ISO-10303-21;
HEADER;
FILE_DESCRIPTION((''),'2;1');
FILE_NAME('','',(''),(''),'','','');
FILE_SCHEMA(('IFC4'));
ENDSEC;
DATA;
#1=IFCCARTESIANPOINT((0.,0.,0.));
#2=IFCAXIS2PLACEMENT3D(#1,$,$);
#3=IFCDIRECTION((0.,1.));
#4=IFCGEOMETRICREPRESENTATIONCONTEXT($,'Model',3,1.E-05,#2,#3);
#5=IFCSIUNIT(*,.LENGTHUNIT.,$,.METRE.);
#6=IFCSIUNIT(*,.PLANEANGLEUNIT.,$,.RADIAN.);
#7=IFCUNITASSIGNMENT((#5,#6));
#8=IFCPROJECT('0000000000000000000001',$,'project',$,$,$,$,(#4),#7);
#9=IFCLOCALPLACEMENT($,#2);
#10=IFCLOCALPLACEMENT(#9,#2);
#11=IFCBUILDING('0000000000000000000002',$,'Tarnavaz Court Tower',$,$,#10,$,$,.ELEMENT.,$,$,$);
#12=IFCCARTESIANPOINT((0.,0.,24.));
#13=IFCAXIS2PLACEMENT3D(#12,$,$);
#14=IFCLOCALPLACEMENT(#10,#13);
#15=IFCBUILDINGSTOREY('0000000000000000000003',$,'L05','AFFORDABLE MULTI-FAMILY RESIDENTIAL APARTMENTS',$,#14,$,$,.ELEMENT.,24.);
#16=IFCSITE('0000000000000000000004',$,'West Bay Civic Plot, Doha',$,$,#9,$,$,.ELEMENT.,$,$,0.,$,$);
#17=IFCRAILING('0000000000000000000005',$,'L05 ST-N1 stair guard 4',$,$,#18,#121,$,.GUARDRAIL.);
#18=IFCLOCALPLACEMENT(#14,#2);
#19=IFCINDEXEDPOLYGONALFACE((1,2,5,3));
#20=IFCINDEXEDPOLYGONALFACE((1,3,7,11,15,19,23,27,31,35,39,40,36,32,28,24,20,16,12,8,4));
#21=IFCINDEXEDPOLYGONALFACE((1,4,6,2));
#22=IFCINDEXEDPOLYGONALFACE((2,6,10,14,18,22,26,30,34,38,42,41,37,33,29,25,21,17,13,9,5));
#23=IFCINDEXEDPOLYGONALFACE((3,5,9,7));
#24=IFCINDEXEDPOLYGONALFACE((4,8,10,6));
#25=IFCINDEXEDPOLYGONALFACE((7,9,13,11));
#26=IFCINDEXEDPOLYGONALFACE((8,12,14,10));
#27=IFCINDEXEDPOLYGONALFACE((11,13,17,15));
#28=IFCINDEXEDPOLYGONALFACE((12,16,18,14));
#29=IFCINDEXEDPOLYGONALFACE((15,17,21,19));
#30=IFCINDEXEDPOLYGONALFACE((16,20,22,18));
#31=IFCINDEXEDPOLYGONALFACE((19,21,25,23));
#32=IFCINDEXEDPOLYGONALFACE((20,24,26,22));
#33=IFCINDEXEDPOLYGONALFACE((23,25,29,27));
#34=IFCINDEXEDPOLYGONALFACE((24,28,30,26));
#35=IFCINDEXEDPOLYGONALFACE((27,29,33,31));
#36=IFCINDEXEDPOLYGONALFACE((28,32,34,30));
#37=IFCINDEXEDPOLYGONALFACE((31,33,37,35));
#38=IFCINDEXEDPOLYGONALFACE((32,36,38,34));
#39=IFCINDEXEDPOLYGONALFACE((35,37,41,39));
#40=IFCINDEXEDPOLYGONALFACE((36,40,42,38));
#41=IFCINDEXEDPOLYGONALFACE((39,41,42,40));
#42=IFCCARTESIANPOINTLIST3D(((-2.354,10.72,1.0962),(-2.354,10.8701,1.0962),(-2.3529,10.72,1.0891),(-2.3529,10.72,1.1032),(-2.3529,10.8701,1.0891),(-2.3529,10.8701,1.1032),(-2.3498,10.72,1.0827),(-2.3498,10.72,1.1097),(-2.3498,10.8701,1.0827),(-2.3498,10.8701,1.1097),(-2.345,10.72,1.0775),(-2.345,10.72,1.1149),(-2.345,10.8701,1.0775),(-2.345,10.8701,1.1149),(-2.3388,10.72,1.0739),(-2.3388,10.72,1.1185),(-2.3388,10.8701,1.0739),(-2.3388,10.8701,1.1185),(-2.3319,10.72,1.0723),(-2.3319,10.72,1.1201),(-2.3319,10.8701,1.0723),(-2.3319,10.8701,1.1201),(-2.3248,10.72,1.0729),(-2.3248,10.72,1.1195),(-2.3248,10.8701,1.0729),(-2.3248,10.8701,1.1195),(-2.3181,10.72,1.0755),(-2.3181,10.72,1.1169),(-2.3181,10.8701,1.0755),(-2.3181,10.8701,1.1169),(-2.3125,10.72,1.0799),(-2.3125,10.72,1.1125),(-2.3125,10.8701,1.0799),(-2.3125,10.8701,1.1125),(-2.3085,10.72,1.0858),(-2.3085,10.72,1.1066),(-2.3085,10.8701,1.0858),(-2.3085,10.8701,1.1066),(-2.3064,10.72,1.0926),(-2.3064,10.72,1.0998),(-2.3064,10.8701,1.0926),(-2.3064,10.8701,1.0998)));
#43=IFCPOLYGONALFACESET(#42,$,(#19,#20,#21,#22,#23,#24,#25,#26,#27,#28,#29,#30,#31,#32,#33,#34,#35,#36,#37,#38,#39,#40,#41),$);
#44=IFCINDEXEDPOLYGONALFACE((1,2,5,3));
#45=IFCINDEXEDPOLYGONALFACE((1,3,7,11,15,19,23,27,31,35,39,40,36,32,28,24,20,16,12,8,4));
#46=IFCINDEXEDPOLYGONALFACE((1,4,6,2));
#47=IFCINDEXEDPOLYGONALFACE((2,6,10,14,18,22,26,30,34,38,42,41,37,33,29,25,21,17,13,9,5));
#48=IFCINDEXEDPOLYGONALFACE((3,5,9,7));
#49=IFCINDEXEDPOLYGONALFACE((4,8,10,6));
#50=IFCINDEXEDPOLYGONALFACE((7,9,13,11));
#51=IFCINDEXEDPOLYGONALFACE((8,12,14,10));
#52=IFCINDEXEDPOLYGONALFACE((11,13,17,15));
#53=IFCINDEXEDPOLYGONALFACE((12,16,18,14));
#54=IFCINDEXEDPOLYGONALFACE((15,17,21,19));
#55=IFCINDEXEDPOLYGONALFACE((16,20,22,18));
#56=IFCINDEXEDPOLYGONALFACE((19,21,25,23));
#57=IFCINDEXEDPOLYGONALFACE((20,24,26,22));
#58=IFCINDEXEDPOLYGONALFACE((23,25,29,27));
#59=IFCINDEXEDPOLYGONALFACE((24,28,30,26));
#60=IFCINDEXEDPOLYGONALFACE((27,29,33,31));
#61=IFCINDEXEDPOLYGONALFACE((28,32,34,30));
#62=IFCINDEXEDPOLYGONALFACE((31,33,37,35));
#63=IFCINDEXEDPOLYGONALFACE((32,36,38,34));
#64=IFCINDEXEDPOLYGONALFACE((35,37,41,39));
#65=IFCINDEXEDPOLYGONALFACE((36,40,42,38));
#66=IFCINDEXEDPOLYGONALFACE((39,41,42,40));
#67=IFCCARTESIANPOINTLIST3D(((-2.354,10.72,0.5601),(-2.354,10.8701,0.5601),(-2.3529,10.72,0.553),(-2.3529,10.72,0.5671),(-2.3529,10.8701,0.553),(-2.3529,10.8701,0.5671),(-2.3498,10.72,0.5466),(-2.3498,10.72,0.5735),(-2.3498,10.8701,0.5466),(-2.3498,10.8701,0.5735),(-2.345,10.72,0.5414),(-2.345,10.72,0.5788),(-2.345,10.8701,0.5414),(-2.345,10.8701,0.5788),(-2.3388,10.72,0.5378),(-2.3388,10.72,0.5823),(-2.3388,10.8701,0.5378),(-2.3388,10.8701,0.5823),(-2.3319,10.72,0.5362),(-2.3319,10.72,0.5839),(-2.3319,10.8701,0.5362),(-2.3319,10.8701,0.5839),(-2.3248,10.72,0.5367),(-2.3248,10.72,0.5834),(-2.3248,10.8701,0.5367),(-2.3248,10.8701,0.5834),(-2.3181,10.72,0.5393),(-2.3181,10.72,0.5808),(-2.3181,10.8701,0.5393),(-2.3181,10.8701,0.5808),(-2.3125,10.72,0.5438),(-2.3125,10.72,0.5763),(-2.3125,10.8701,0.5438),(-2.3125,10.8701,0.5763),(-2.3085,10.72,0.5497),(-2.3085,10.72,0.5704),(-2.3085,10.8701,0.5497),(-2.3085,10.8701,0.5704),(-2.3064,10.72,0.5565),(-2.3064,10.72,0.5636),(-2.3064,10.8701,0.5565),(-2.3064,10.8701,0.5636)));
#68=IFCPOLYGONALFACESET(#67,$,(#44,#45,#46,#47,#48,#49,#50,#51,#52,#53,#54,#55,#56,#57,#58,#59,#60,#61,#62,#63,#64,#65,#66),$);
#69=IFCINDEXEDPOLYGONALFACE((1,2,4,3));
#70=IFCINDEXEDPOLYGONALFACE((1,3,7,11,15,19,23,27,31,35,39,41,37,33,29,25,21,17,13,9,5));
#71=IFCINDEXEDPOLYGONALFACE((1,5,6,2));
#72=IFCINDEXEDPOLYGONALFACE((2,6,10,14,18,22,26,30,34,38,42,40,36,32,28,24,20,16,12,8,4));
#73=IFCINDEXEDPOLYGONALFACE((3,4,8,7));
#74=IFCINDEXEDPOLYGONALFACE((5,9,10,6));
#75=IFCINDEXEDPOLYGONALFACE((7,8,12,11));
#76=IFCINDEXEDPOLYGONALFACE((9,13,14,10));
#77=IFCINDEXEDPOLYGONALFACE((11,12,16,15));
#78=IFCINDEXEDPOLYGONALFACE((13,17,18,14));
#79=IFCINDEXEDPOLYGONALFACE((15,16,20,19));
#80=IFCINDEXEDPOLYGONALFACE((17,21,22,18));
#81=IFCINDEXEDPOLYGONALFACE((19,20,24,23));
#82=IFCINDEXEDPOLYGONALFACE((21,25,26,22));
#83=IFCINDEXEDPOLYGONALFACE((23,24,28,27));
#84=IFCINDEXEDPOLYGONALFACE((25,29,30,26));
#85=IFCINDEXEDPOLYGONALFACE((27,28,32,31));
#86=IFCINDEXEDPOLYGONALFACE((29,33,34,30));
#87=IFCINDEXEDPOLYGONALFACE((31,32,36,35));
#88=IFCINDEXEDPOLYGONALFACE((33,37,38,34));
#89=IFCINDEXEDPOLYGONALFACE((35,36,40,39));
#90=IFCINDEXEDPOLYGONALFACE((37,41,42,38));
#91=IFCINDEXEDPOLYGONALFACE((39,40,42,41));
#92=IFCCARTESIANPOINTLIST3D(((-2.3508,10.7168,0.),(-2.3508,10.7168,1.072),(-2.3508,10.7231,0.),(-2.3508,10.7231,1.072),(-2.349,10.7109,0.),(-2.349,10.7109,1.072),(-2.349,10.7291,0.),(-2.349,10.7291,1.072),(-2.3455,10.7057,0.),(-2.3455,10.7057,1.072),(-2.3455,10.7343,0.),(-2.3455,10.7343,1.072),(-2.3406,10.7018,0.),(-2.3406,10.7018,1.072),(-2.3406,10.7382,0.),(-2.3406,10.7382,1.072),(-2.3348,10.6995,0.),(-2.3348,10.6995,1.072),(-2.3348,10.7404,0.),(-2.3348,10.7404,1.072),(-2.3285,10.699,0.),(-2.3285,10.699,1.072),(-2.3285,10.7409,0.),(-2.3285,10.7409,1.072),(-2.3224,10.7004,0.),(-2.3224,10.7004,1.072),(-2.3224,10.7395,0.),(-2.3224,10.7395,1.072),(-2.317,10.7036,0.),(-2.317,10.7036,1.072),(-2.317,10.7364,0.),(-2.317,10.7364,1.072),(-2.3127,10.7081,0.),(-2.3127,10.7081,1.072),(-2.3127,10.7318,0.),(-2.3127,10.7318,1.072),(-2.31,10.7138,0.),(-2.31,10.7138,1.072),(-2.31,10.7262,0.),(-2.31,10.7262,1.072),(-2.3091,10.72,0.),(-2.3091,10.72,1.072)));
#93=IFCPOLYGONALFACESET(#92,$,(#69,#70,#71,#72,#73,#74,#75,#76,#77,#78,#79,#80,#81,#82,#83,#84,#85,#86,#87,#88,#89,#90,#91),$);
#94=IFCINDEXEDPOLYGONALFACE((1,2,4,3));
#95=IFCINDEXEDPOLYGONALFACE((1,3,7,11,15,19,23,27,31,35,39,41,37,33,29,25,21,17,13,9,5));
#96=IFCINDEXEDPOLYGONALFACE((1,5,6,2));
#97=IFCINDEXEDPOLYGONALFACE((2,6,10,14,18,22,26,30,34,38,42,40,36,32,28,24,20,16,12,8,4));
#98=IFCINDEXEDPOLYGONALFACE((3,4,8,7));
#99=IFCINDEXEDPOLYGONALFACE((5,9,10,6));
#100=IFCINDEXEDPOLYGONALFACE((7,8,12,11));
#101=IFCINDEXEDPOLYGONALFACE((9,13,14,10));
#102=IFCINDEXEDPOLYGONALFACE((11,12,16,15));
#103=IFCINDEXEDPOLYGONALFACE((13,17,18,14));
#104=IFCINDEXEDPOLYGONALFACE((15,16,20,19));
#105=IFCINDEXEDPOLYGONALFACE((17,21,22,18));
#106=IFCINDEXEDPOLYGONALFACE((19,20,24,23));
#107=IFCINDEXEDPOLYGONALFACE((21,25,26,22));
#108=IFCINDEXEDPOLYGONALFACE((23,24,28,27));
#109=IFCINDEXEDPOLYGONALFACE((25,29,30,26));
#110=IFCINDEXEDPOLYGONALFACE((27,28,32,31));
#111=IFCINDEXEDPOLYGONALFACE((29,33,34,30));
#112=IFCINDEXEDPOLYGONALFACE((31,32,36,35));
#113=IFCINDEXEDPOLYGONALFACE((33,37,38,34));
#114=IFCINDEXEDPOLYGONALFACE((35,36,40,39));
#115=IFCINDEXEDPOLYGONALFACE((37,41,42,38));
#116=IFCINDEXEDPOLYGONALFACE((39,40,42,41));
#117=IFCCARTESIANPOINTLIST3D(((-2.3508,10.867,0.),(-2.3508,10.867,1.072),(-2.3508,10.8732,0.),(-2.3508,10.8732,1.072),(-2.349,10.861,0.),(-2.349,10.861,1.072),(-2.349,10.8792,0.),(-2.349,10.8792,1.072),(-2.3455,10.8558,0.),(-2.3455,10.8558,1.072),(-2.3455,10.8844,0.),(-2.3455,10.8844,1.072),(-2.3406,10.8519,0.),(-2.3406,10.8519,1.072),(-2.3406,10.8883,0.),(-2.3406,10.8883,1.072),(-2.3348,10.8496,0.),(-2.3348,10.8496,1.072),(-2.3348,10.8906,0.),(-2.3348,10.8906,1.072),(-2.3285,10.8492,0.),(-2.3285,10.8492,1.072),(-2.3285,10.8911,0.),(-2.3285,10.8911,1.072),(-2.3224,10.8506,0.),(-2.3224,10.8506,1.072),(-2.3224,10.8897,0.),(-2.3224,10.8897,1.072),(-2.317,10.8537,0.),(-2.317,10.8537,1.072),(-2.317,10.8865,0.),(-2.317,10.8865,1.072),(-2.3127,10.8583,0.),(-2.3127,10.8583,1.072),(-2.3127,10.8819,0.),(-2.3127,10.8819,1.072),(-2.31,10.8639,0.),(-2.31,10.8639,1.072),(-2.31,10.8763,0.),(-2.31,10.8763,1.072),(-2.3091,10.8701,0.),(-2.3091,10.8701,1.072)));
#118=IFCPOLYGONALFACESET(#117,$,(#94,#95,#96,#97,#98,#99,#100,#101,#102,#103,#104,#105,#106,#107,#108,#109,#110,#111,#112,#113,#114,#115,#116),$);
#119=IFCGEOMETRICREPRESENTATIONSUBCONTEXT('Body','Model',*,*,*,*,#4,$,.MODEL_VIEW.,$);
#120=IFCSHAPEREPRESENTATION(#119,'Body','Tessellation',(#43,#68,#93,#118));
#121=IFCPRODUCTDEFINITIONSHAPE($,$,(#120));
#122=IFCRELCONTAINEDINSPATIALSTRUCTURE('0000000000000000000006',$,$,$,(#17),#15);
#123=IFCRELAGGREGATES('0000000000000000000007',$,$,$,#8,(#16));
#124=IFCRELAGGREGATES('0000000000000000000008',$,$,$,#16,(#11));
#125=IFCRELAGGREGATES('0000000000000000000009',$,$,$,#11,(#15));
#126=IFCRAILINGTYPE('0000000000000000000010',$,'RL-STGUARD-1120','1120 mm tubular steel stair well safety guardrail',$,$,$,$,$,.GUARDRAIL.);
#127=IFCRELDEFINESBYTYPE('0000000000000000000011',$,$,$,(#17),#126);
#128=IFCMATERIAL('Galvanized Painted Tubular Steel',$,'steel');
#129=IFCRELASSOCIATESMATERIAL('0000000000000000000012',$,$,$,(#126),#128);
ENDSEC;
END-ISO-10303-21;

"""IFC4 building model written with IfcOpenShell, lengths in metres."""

from ifc_helpers import new_model, si_unit, direction, frame, origin, origin_2d, place, context, subcontext, project, spatial, circle, extrude, material, type_object, element, save


model = new_model("IFC4")

# Units and contexts
model_context = context("Model", 3, precision=1e-05, world=origin(), true_north=direction((0.0, 1.0)))
body_context = subcontext(model_context, "Body", "Model", "MODEL_VIEW")
ifc_project = project(units=[si_unit("LENGTHUNIT", "METRE"), si_unit("PLANEANGLEUNIT", "RADIAN")], contexts=[model_context])

# Site, building, storey
site_placement = place(None, origin())
site = spatial("IfcSite", under=ifc_project, at=site_placement, Name="West Bay Civic Plot, Doha", CompositionType="ELEMENT", RefElevation=0.0)
building_placement = place(site_placement, origin())
building = spatial("IfcBuilding", under=site, at=building_placement, Name="Tarnavaz Court Tower", CompositionType="ELEMENT")
storey_placement = place(building_placement, frame((0.0, 0.0, 24.0)))
storey = spatial("IfcBuildingStorey", under=building, at=storey_placement, Name="L05", Description="AFFORDABLE MULTI-FAMILY RESIDENTIAL APARTMENTS", CompositionType="ELEMENT", Elevation=24.0)

# Railing
ifc_material_1 = material(Name="Galvanized Painted Tubular Steel", Category="steel")
railing_type_1 = type_object("IfcRailingType", Name="RL-STGUARD-1120", Description="1120 mm tubular steel stair well safety guardrail", PredefinedType="GUARDRAIL", material=ifc_material_1)
railing_1_placement = place(storey_placement, frame((-2.3301, 10.72, 0.0)))
element("IfcRailing", 1, at=railing_1_placement, inside=storey, type_object=railing_type_1, Name="L05 ST-N1 stair guard 4", PredefinedType="GUARDRAIL", context=body_context, shape_type="SweptSolid", body=[
    extrude(circle(Radius=0.0239, at=origin_2d()), frame((0.0, 0.0, 1.0962), z_axis=(0.0, 1.0, 0.0), x_axis=(-1.0, 0.0, 0.0)), (0.0, 0.0, 1.0), 0.1501),
    extrude(circle(Radius=0.0239, at=origin_2d()), frame((0.0, 0.0, 0.5601), z_axis=(0.0, 1.0, 0.0), x_axis=(-1.0, 0.0, 0.0)), (0.0, 0.0, 1.0), 0.1501),
    extrude(circle(Radius=0.021, at=origin_2d()), origin(), (0.0, 0.0, 1.0), 1.072),
    extrude(circle(Radius=0.021, at=origin_2d()), frame((0.0, 0.1501, 0.0)), (0.0, 0.0, 1.0), 1.072),
])

save(model, "model.ifc")
